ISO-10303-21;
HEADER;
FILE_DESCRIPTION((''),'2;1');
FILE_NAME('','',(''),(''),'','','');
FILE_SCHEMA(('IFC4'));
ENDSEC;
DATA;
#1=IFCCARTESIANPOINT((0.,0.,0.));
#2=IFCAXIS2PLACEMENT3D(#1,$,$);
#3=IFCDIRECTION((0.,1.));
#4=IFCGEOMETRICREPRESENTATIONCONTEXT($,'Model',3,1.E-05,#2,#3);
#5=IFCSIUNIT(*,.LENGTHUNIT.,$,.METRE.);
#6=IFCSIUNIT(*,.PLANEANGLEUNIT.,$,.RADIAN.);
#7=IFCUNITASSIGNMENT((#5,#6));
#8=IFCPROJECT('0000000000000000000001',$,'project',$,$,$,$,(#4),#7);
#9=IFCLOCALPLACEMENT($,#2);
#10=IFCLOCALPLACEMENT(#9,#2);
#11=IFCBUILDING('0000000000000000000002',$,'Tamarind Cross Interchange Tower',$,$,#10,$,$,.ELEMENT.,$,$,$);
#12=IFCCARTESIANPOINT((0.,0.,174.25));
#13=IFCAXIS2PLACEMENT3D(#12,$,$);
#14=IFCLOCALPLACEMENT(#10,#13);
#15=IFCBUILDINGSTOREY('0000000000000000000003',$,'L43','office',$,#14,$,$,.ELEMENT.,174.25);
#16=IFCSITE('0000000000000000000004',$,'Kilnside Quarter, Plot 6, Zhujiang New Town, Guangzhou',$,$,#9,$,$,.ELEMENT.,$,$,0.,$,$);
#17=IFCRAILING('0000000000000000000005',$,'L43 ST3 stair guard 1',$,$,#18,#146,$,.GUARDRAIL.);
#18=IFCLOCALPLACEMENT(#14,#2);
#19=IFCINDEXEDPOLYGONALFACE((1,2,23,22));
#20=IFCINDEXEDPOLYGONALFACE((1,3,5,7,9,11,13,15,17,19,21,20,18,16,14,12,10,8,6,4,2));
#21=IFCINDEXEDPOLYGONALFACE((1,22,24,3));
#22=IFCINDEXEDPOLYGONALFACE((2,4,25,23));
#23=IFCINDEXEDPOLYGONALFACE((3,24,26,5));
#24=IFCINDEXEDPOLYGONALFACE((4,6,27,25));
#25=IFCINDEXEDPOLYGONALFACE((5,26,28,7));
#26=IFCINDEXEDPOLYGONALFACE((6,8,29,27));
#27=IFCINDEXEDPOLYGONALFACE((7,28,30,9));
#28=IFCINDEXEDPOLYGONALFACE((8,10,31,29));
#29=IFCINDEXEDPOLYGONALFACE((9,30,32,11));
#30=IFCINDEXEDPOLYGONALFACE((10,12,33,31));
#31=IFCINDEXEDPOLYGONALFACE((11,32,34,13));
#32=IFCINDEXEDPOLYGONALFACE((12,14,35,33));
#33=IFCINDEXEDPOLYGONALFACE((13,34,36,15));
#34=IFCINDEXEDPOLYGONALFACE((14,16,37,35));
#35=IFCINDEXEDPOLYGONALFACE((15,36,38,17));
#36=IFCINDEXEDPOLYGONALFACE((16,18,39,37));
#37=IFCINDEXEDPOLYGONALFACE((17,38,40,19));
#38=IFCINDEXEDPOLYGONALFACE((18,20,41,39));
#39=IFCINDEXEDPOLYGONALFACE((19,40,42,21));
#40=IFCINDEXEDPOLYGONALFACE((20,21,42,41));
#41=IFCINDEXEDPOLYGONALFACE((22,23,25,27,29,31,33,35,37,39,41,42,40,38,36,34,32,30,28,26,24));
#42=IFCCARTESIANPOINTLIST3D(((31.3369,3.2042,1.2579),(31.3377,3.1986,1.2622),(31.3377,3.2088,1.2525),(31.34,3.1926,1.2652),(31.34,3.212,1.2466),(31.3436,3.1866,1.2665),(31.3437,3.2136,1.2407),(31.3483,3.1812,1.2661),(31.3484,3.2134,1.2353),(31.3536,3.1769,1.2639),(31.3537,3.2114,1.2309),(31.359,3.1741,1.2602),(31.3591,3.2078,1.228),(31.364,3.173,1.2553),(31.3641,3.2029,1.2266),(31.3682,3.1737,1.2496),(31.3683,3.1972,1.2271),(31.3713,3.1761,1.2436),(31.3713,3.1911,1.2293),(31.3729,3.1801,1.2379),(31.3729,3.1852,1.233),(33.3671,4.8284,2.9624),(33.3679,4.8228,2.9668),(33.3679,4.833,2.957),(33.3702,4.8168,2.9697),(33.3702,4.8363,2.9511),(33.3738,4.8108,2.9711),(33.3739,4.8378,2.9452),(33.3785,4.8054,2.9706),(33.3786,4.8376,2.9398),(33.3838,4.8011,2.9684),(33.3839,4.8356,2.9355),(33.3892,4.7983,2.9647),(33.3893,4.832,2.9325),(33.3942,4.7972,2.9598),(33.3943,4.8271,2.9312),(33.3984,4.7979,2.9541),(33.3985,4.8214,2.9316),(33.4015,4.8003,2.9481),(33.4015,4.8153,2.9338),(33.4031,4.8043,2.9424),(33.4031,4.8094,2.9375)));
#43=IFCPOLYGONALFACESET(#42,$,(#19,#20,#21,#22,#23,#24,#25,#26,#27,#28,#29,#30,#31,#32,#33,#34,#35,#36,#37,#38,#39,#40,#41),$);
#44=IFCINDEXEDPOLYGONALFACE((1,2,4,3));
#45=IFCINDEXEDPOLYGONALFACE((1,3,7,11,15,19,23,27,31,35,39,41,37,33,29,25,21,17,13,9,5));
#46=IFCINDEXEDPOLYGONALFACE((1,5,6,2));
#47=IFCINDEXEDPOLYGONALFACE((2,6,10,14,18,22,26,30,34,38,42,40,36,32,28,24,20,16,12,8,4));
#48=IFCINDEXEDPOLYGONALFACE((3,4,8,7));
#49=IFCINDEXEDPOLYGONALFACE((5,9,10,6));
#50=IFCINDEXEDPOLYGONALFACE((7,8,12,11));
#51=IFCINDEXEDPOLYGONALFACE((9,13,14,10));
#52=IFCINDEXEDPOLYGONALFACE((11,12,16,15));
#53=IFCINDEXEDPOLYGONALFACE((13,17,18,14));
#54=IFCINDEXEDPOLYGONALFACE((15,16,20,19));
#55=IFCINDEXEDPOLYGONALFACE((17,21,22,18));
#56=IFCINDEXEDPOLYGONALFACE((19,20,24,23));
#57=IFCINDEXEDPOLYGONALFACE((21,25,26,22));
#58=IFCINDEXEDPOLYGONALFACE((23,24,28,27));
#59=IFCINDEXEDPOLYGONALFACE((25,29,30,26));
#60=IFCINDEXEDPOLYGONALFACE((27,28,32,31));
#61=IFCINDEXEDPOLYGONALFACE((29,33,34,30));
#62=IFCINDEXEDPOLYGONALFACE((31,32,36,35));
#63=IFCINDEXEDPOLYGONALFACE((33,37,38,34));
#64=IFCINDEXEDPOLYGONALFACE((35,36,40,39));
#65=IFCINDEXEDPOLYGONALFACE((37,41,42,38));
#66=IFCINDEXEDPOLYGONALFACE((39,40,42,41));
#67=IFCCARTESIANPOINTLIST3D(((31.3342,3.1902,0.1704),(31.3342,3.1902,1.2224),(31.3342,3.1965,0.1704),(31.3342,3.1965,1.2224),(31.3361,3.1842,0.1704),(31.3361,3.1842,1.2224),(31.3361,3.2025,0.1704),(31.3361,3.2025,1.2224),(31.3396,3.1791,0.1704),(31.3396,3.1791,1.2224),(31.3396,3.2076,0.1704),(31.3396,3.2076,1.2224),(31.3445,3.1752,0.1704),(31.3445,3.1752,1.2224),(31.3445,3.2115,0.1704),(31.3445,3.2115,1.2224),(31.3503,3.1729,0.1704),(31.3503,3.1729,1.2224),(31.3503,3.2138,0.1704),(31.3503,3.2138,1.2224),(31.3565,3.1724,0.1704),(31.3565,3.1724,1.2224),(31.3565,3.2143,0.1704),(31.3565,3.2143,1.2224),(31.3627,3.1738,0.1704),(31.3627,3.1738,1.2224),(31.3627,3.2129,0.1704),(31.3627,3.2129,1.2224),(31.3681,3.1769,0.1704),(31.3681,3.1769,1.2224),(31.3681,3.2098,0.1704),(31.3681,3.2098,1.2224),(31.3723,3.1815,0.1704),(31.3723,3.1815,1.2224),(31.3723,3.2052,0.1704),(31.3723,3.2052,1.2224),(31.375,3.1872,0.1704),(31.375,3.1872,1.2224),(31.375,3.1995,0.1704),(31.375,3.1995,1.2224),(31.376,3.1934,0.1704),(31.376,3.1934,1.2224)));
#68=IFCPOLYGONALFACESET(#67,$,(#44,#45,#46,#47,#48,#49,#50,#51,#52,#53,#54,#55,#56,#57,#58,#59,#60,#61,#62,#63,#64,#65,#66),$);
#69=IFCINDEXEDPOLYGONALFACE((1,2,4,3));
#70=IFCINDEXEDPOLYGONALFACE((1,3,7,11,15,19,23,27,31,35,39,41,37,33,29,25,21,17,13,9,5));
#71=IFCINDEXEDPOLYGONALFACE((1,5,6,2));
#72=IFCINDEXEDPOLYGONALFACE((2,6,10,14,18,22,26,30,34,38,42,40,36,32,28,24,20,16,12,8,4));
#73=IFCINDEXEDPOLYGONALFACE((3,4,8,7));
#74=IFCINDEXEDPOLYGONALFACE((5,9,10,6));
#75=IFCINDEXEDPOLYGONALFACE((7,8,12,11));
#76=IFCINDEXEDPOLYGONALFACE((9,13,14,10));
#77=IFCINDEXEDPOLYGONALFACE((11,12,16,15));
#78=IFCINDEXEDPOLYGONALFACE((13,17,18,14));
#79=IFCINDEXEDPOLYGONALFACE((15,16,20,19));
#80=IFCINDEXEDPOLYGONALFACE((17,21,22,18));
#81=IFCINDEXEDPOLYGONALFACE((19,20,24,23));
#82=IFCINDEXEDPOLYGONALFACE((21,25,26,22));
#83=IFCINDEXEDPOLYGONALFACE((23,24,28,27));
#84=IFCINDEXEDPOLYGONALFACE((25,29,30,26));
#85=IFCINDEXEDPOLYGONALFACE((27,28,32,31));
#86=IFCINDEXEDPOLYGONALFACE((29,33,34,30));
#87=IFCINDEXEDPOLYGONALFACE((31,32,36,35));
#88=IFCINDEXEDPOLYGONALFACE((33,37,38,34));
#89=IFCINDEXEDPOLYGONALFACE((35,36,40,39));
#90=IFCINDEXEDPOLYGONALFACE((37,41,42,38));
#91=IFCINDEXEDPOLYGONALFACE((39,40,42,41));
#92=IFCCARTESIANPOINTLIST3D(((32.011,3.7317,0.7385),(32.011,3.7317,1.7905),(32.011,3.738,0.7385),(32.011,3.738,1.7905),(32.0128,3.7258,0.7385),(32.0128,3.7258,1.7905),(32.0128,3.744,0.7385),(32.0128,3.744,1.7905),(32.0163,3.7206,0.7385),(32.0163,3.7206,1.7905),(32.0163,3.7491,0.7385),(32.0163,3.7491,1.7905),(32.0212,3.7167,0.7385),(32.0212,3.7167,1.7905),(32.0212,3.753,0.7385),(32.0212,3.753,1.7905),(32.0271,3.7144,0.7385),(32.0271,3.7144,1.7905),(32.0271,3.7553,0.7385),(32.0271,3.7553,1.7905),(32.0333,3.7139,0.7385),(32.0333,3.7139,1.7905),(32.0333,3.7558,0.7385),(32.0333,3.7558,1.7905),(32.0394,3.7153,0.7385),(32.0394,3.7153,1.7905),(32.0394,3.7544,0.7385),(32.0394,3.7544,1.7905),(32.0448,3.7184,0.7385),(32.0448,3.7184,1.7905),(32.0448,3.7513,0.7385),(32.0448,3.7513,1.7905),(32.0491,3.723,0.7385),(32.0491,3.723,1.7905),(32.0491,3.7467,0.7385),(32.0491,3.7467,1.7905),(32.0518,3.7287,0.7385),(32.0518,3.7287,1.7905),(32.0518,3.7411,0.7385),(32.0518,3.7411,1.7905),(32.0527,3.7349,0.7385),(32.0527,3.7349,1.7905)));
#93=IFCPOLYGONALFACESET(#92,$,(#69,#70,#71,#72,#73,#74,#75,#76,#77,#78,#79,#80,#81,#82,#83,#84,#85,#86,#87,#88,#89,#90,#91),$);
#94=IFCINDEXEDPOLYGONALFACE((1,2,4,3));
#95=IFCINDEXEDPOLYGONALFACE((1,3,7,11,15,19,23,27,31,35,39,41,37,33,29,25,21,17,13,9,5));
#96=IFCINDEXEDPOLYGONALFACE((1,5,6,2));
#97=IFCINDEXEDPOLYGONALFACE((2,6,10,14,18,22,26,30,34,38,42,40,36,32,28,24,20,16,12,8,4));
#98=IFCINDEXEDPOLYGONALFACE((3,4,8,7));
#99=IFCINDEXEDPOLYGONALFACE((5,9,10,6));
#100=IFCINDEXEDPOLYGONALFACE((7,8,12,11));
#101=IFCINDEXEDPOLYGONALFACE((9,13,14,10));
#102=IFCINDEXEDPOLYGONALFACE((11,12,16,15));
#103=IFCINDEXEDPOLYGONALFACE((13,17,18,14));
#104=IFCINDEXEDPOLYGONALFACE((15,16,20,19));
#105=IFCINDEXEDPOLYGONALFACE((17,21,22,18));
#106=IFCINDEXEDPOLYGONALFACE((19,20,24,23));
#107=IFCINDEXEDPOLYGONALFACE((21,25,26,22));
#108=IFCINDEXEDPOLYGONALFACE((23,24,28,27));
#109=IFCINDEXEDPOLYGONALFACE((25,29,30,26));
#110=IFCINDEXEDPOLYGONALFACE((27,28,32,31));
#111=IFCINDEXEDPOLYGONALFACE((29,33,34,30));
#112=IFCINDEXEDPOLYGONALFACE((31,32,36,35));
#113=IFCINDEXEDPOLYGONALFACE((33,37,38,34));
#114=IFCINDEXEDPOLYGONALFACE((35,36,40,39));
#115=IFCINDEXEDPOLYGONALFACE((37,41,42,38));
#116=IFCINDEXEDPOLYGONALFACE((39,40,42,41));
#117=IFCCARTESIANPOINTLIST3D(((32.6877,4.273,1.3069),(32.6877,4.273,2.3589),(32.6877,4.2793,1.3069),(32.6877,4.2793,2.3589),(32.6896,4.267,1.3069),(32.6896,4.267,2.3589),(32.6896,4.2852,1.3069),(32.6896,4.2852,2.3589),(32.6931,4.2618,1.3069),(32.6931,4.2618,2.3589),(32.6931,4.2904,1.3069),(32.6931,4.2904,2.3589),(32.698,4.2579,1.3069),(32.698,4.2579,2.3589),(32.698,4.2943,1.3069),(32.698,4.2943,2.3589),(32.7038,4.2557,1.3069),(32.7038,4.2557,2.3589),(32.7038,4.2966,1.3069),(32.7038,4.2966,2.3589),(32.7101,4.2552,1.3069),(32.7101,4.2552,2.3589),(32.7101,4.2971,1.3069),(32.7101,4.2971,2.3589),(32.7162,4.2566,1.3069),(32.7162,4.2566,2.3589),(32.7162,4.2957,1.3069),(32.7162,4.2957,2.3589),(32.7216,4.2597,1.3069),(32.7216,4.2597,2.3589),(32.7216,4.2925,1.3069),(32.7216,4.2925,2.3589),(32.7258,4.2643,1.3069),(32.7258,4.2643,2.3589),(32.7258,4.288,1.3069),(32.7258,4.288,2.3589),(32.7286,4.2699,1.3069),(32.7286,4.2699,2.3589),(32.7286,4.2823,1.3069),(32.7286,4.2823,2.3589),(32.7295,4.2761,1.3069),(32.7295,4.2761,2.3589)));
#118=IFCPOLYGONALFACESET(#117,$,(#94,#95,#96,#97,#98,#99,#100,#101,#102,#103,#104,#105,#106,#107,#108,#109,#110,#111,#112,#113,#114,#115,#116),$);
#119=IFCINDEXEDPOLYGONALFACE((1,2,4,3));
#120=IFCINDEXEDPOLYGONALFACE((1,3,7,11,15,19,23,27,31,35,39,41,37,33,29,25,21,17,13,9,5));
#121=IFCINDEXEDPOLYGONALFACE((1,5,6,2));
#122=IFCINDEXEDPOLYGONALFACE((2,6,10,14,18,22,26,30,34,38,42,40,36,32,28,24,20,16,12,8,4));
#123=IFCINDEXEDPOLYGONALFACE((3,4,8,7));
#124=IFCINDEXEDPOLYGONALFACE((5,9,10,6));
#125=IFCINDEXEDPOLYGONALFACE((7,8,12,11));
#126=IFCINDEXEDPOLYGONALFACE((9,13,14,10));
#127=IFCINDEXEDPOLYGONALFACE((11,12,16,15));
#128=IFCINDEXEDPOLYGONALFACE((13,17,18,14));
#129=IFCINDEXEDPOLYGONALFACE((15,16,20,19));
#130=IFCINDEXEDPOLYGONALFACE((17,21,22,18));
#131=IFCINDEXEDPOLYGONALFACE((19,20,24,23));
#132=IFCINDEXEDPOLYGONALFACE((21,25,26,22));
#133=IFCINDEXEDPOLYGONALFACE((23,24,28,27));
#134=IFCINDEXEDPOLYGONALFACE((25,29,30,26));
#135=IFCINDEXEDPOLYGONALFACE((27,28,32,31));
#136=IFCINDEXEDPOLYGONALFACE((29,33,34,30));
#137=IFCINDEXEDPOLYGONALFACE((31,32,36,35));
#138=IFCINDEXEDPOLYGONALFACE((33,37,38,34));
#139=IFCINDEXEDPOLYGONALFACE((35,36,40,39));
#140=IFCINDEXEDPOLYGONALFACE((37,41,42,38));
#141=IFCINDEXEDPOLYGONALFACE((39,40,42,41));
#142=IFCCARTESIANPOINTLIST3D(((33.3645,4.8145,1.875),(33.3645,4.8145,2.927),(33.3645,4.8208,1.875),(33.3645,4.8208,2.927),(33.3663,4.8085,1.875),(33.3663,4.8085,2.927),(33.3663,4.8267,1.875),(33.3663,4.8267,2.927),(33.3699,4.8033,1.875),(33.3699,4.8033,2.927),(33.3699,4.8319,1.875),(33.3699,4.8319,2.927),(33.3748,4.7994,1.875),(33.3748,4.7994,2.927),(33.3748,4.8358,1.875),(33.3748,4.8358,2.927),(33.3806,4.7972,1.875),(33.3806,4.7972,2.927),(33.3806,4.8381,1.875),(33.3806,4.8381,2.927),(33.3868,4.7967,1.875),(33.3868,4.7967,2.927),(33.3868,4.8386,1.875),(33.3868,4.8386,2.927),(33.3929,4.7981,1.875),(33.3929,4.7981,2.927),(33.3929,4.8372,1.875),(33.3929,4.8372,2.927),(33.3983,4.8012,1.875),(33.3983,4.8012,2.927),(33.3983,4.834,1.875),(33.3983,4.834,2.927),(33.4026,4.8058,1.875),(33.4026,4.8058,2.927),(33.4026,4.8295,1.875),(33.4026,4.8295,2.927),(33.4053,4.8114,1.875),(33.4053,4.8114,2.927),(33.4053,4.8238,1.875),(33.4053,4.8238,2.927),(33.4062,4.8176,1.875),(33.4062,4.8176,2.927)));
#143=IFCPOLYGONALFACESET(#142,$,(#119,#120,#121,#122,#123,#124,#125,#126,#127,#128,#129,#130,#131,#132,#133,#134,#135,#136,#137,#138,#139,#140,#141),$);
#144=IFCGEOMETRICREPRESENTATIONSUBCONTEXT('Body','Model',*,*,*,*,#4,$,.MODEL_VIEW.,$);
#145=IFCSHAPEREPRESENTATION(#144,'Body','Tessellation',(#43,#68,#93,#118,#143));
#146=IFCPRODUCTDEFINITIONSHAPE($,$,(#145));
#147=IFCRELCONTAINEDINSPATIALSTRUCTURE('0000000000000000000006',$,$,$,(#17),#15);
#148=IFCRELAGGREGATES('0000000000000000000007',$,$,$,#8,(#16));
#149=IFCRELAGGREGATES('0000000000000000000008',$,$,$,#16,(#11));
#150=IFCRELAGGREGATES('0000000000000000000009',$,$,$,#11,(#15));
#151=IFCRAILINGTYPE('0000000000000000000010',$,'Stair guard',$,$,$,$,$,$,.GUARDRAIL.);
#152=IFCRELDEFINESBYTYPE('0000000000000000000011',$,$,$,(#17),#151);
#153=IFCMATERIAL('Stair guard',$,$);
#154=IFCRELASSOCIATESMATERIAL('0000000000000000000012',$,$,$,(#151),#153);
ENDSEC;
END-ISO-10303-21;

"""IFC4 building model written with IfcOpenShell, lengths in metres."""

from ifc_helpers import new_model, si_unit, direction, frame, origin, origin_2d, place, context, subcontext, project, spatial, circle, extrude, material, type_object, element, save


model = new_model("IFC4")

# Units and contexts
model_context = context("Model", 3, precision=1e-05, world=origin(), true_north=direction((0.0, 1.0)))
body_context = subcontext(model_context, "Body", "Model", "MODEL_VIEW")
ifc_project = project(units=[si_unit("LENGTHUNIT", "METRE"), si_unit("PLANEANGLEUNIT", "RADIAN")], contexts=[model_context])

# Site, building, storey
site_placement = place(None, origin())
site = spatial("IfcSite", under=ifc_project, at=site_placement, Name="Kilnside Quarter, Plot 6, Zhujiang New Town, Guangzhou", CompositionType="ELEMENT", RefElevation=0.0)
building_placement = place(site_placement, origin())
building = spatial("IfcBuilding", under=site, at=building_placement, Name="Tamarind Cross Interchange Tower", CompositionType="ELEMENT")
storey_placement = place(building_placement, frame((0.0, 0.0, 174.25)))
storey = spatial("IfcBuildingStorey", under=building, at=storey_placement, Name="L43", Description="office", CompositionType="ELEMENT", Elevation=174.25)

# Railing
ifc_material_1 = material(Name="Stair guard")
railing_type = type_object("IfcRailingType", Name="Stair guard", PredefinedType="GUARDRAIL", material=ifc_material_1)
railing_1_placement = place(storey_placement, frame((31.355, 3.1934, 0.1704)))
element("IfcRailing", 1, at=railing_1_placement, inside=storey, type_object=railing_type, Name="L43 ST3 stair guard 1", PredefinedType="GUARDRAIL", context=body_context, shape_type="SweptSolid", body=[
    extrude(circle(Radius=0.0239, at=origin_2d()), frame((0.0, 0.0, 1.0762), z_axis=(0.653031, 0.52244, 0.548276), x_axis=(-0.624706, 0.78086, 0.0)), (0.0, 0.0, 1.0), 3.1089),
    extrude(circle(Radius=0.021, at=origin_2d()), origin(), (0.0, 0.0, 1.0), 1.052),
    extrude(circle(Radius=0.021, at=origin_2d()), frame((0.6768, 0.5415, 0.5681)), (0.0, 0.0, 1.0), 1.052),
    extrude(circle(Radius=0.021, at=origin_2d()), frame((1.3535, 1.0828, 1.1365)), (0.0, 0.0, 1.0), 1.052),
    extrude(circle(Radius=0.021, at=origin_2d()), frame((2.0303, 1.6243, 1.7046)), (0.0, 0.0, 1.0), 1.052),
])

save(model, "model.ifc")
